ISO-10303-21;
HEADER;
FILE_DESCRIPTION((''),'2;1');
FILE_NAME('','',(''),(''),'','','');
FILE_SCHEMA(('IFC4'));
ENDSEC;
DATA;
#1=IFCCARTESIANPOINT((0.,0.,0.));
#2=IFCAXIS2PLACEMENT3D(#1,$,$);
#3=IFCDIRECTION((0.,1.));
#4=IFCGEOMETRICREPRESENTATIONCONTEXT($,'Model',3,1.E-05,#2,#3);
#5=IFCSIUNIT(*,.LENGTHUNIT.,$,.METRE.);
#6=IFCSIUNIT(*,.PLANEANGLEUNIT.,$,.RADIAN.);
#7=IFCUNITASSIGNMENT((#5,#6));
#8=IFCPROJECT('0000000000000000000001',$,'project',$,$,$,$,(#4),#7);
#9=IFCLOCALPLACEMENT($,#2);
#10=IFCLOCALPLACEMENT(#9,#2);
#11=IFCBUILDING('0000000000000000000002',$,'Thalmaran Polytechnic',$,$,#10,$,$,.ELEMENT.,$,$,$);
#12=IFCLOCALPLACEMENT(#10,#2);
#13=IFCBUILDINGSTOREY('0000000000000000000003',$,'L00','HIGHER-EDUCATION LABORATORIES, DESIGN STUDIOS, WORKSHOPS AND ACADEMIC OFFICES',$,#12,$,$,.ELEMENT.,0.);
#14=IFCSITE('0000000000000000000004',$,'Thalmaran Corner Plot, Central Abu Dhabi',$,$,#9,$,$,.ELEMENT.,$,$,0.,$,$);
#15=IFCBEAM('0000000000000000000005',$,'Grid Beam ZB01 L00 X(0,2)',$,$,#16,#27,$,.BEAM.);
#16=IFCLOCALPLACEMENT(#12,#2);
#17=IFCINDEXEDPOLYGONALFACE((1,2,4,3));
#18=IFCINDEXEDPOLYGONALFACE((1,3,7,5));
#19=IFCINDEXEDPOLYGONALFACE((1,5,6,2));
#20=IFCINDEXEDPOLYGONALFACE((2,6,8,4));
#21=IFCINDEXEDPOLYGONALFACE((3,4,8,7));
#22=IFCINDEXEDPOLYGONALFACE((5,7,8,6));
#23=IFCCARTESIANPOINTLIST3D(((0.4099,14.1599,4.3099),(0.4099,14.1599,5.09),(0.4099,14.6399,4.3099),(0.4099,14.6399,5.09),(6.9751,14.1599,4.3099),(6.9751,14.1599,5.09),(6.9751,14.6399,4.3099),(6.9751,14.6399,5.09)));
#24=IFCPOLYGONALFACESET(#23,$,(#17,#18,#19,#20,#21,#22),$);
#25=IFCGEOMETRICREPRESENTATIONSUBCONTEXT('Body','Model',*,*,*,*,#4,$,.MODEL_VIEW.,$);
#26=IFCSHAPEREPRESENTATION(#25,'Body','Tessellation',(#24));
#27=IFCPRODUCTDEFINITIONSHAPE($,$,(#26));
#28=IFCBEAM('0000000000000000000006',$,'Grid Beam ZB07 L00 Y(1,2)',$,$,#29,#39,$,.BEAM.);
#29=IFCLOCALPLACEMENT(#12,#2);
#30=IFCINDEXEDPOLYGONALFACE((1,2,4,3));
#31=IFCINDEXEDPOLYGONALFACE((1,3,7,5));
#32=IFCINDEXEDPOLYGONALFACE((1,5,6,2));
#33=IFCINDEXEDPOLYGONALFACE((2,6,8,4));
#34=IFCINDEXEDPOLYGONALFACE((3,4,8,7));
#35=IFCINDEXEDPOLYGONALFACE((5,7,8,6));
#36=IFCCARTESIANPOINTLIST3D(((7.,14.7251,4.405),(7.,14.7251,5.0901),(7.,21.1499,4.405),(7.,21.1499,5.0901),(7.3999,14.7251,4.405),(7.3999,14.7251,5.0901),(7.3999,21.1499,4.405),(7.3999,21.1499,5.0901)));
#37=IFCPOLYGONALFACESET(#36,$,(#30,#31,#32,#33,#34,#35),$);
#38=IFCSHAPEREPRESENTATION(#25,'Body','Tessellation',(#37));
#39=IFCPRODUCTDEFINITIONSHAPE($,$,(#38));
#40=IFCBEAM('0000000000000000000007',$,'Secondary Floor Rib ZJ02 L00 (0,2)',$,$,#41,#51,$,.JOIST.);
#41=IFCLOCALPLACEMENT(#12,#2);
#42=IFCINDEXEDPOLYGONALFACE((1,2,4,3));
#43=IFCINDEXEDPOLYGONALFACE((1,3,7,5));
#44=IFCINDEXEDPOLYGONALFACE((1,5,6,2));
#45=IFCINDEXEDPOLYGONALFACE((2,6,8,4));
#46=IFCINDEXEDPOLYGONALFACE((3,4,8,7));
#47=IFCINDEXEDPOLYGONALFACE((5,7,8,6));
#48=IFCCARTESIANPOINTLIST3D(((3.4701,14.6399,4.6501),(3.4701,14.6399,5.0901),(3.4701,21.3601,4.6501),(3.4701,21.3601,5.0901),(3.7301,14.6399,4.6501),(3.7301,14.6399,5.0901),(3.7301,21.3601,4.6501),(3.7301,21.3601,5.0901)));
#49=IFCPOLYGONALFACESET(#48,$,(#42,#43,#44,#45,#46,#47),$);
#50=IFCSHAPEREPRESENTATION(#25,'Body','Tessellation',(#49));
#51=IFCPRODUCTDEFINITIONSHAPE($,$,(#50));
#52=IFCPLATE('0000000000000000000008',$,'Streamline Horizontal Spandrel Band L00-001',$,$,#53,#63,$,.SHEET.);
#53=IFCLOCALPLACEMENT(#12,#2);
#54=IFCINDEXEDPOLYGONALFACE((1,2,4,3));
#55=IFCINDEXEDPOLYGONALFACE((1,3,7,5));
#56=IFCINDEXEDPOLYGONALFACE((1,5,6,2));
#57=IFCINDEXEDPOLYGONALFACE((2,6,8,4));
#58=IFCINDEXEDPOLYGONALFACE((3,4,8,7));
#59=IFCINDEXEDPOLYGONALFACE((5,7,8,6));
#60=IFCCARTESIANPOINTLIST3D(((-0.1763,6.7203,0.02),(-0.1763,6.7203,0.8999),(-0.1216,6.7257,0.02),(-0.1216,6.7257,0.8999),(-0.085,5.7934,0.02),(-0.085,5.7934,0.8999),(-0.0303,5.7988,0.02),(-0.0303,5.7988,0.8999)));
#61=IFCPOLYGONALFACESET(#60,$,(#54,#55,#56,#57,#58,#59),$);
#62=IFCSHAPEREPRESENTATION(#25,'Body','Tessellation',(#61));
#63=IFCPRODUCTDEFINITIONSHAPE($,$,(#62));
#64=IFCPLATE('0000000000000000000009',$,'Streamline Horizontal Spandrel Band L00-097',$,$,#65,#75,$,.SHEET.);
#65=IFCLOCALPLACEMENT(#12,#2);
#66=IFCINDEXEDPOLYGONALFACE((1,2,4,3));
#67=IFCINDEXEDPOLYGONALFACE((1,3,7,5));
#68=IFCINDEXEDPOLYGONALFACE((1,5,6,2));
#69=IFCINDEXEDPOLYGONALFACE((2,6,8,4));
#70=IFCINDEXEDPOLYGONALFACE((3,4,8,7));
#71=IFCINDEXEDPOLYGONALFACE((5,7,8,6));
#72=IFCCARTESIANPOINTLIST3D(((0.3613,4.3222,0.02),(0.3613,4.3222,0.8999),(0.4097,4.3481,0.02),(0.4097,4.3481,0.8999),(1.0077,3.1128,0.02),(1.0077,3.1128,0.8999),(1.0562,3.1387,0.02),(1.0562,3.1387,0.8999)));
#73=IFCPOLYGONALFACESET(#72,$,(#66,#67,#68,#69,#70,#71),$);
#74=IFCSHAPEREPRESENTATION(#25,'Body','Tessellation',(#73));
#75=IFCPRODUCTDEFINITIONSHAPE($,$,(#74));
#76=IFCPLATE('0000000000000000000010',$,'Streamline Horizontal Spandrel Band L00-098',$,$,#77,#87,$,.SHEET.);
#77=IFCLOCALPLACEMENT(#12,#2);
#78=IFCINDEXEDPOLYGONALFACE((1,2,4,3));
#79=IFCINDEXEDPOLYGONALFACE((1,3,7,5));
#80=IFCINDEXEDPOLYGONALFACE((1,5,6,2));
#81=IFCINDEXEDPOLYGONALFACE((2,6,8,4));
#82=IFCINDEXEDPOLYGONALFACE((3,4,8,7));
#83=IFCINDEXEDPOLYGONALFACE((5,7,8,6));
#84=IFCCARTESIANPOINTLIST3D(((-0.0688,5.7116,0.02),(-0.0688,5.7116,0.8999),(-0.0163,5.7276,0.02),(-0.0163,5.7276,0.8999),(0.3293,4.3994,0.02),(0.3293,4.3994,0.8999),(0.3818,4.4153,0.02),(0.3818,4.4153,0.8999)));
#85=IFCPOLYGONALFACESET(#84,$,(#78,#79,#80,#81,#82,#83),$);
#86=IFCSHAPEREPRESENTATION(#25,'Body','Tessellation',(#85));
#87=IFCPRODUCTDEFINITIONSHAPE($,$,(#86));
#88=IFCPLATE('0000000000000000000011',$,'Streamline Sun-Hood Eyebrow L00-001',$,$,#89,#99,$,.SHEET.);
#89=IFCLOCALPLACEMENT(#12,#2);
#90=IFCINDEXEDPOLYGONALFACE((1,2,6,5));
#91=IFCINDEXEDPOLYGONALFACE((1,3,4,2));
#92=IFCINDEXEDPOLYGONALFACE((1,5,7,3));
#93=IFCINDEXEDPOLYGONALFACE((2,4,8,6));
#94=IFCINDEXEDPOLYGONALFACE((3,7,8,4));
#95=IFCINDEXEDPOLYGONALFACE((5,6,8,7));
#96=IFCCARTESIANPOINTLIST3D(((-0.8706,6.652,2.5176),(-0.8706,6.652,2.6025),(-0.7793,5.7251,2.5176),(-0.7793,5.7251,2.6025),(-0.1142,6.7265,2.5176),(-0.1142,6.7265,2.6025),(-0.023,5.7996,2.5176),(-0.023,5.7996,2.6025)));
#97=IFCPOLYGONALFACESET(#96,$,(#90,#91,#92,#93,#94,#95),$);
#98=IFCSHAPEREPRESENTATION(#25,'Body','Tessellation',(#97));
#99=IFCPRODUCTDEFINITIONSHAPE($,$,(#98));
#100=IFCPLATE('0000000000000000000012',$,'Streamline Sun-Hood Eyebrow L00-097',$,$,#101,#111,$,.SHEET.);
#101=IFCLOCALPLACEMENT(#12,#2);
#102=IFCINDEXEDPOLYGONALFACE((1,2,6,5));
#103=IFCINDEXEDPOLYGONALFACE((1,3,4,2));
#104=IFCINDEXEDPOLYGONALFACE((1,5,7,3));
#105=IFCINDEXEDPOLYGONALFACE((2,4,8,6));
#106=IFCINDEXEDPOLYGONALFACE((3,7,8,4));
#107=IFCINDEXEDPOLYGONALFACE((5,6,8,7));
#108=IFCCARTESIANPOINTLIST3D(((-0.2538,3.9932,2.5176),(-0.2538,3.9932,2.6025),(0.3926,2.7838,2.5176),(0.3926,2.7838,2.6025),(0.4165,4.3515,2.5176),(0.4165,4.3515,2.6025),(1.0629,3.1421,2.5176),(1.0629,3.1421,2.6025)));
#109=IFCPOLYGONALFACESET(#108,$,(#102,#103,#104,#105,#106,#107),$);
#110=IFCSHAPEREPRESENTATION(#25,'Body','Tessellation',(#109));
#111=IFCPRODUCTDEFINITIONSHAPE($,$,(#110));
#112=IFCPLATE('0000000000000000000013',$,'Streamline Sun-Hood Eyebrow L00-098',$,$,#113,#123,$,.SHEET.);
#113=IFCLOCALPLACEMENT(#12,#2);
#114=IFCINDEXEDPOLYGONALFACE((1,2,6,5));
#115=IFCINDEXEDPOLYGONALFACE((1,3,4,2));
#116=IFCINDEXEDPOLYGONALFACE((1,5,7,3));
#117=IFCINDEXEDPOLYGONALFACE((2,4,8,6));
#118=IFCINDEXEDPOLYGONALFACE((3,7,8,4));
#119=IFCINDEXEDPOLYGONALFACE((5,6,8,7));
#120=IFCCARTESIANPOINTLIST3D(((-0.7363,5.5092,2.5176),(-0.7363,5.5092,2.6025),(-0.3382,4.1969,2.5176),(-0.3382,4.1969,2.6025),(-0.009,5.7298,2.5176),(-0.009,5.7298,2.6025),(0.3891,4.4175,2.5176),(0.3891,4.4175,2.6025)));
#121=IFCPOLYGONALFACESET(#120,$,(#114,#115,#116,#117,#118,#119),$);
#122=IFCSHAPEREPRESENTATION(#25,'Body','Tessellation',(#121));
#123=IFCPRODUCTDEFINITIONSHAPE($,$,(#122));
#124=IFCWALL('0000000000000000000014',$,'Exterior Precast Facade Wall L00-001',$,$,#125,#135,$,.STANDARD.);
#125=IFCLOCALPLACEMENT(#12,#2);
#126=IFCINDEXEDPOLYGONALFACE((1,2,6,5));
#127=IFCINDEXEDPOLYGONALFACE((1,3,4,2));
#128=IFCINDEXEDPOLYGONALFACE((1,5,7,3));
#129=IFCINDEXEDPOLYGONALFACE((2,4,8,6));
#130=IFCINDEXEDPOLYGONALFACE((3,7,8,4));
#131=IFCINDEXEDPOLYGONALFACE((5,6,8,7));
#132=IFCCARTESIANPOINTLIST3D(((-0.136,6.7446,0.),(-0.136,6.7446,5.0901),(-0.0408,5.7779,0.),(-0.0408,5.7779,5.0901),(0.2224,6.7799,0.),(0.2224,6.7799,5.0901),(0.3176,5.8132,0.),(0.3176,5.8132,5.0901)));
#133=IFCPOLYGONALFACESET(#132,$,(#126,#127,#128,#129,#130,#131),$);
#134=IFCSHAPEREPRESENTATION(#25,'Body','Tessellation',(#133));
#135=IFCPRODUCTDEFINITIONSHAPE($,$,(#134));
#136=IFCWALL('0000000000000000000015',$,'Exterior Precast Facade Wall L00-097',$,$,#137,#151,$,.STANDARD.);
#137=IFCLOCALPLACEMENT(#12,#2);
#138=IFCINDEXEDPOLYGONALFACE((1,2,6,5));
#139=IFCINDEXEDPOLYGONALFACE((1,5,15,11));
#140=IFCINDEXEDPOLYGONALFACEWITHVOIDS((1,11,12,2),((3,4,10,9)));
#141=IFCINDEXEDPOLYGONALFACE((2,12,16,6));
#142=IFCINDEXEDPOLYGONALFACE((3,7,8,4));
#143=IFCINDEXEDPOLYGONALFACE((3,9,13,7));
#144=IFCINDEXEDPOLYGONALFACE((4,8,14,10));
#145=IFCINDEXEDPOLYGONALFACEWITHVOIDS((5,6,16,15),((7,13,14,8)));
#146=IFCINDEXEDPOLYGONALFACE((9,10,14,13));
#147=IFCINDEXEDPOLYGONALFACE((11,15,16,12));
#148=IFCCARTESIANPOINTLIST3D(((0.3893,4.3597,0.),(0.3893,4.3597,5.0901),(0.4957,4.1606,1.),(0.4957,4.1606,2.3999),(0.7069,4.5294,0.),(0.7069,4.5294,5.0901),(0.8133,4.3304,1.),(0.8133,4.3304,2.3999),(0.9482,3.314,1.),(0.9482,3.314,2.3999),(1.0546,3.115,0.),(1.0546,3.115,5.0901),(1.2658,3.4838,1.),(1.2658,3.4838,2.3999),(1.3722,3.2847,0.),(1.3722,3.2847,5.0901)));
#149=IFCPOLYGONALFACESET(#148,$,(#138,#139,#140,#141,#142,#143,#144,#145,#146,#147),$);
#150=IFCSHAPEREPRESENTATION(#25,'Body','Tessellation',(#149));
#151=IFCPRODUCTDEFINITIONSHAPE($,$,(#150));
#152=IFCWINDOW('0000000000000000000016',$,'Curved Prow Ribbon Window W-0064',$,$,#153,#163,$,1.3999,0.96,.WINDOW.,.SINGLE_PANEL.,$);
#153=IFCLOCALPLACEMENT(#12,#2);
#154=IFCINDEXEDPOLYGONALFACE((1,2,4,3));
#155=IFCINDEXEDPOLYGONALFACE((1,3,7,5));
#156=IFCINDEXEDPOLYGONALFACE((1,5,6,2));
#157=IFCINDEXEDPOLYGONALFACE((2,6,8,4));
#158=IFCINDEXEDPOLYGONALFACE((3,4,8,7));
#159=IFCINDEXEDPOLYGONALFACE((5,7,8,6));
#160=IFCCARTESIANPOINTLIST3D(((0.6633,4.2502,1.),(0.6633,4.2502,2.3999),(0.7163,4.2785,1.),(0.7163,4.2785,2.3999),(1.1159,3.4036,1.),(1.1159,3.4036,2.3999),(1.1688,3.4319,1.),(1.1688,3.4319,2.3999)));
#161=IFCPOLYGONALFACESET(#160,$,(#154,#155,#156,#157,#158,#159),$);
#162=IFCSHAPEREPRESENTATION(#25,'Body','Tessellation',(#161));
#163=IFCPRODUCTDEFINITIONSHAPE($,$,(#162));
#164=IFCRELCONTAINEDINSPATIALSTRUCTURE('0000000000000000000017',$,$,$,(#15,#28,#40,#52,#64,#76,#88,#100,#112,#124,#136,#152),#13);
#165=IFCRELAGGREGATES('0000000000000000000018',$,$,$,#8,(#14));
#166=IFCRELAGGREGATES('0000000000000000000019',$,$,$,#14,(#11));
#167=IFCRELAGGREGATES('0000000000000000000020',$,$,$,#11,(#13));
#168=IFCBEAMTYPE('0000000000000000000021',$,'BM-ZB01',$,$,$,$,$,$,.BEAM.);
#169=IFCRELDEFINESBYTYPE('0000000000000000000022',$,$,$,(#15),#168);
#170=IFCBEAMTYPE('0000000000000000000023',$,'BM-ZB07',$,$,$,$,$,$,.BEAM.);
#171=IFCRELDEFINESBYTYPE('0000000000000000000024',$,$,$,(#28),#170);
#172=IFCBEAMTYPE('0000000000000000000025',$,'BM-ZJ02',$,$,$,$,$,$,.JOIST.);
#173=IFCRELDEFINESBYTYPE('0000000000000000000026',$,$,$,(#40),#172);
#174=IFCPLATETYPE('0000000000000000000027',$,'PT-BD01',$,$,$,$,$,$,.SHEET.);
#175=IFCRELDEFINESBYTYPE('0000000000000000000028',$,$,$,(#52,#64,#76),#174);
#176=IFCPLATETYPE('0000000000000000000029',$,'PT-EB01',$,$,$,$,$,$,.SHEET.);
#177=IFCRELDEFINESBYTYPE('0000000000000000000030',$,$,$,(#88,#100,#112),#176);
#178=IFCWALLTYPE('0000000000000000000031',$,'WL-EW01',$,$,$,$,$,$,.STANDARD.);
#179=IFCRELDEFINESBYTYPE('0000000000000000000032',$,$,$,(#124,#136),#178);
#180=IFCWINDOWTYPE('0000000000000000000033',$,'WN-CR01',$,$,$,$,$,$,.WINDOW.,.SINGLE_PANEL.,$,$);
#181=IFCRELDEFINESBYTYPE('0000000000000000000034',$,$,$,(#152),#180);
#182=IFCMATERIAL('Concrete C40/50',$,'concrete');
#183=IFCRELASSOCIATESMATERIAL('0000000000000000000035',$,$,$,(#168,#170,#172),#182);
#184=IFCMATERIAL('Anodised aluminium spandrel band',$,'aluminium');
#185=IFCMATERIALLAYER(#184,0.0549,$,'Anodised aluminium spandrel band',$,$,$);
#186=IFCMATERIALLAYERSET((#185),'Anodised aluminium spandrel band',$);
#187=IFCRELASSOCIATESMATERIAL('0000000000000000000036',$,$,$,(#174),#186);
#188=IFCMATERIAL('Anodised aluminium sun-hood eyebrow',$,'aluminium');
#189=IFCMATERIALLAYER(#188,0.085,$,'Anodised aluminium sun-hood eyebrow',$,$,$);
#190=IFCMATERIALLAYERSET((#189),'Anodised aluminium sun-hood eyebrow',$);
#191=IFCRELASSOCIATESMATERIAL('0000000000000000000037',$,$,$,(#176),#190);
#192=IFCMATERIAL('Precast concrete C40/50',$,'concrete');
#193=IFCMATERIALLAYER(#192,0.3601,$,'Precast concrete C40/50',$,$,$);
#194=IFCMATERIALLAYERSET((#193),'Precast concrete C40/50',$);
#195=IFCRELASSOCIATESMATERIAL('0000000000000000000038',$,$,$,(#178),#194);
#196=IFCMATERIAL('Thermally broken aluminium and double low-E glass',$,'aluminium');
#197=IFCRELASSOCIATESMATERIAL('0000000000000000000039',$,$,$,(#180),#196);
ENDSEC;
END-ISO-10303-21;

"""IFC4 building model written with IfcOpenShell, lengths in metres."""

from ifc_helpers import new_model, si_unit, direction, frame, frame_2d, origin, origin_2d, place, context, subcontext, project, spatial, rectangle, extrude, material, layer, layer_set, material_profile, profile_set, type_object, element, fill, save


model = new_model("IFC4")

# Units and contexts
model_context = context("Model", 3, precision=1e-05, world=origin(), true_north=direction((0.0, 1.0)))
body_context = subcontext(model_context, "Body", "Model", "MODEL_VIEW")
ifc_project = project(units=[si_unit("LENGTHUNIT", "METRE"), si_unit("PLANEANGLEUNIT", "RADIAN")], contexts=[model_context])

# Site, building, storey
site_placement = place(None, origin())
site = spatial("IfcSite", under=ifc_project, at=site_placement, Name="Thalmaran Corner Plot, Central Abu Dhabi", CompositionType="ELEMENT", RefElevation=0.0)
building_placement = place(site_placement, origin())
building = spatial("IfcBuilding", under=site, at=building_placement, Name="Thalmaran Polytechnic", CompositionType="ELEMENT")
storey_placement = place(building_placement, origin())
storey = spatial("IfcBuildingStorey", under=building, at=storey_placement, Name="L00", Description="HIGHER-EDUCATION LABORATORIES, DESIGN STUDIOS, WORKSHOPS AND ACADEMIC OFFICES", CompositionType="ELEMENT", Elevation=0.0)

# Shared definitions
ifc_material_1 = material(Name="Concrete C40/50", Category="concrete")

# Beams
ifc_material_profile_1 = material_profile(ifc_material_1, rectangle(XDim=0.48, YDim=0.78, at=origin_2d()), Name="RC 480x780")
ifc_profile_set_1 = profile_set([ifc_material_profile_1], Name="Concrete C40/50")
beam_type_1 = type_object("IfcBeamType", Name="BM-ZB01", PredefinedType="BEAM", material=ifc_profile_set_1)
beam_1_placement = place(storey_placement, frame((0.4099, 14.3999, 4.7), z_axis=(1.0, 0.0, 0.0), x_axis=(0.0, 1.0, 0.0)))
element("IfcBeam", 1, at=beam_1_placement, inside=storey, type_object=beam_type_1, Name="Grid Beam ZB01 L00 X(0,2)", PredefinedType="BEAM", context=body_context, shape_type="SweptSolid", body=[
    extrude(rectangle(XDim=0.48, YDim=0.78, at=origin_2d()), origin(), (0.0, 0.0, 1.0), 6.5652),
])
ifc_material_profile_2 = material_profile(ifc_material_1, rectangle(XDim=0.3999, YDim=0.6851, at=origin_2d()), Name="RC 400x685")
ifc_profile_set_2 = profile_set([ifc_material_profile_2], Name="Concrete C40/50")
beam_type_2 = type_object("IfcBeamType", Name="BM-ZB07", PredefinedType="BEAM", material=ifc_profile_set_2)
beam_2_placement = place(storey_placement, frame((7.2, 14.7251, 4.7476), z_axis=(0.0, 1.0, 0.0), x_axis=(-1.0, 0.0, 0.0)))
element("IfcBeam", 2, at=beam_2_placement, inside=storey, type_object=beam_type_2, Name="Grid Beam ZB07 L00 Y(1,2)", PredefinedType="BEAM", context=body_context, shape_type="SweptSolid", body=[
    extrude(rectangle(XDim=0.3999, YDim=0.6851, at=origin_2d()), origin(), (0.0, 0.0, 1.0), 6.4248),
])
ifc_material_profile_3 = material_profile(ifc_material_1, rectangle(XDim=0.26, YDim=0.4399, at=origin_2d()), Name="RC 260x440")
ifc_profile_set_3 = profile_set([ifc_material_profile_3], Name="Concrete C40/50")
beam_type_3 = type_object("IfcBeamType", Name="BM-ZJ02", PredefinedType="JOIST", material=ifc_profile_set_3)
beam_3_placement = place(storey_placement, frame((3.6001, 14.6399, 4.8701), z_axis=(0.0, 1.0, 0.0), x_axis=(-1.0, 0.0, 0.0)))
element("IfcBeam", 3, at=beam_3_placement, inside=storey, type_object=beam_type_3, Name="Secondary Floor Rib ZJ02 L00 (0,2)", PredefinedType="JOIST", context=body_context, shape_type="SweptSolid", body=[
    extrude(rectangle(XDim=0.26, YDim=0.4399, at=origin_2d()), origin(), (0.0, 0.0, 1.0), 6.7202),
])

# Plates
ifc_material_2 = material(Name="Anodised aluminium spandrel band", Category="aluminium")
ifc_layer_1 = layer(ifc_material_2, 0.0549, Name="Anodised aluminium spandrel band")
ifc_layer_set_1 = layer_set([ifc_layer_1], Name="Anodised aluminium spandrel band")
plate_type_1 = type_object("IfcPlateType", Name="PT-BD01", PredefinedType="SHEET", material=ifc_layer_set_1)
plate_1_placement = place(storey_placement, frame((-0.1033, 6.2595, 0.02), z_axis=(0.0, 0.0, 1.0), x_axis=(-0.098017, 0.995185, 0.0)))
element("IfcPlate", 4, at=plate_1_placement, inside=storey, type_object=plate_type_1, Name="Streamline Horizontal Spandrel Band L00-001", PredefinedType="SHEET", context=body_context, shape_type="SweptSolid", body=[
    extrude(rectangle(XDim=0.9314, YDim=0.0549, at=origin_2d()), origin(), (0.0, 0.0, 1.0), 0.8799),
])
for number, where, z_axis, x_axis, name in (
    (5, (0.7087, 3.7305, 0.02), (0.0, 0.0, 1.0), (-0.471397, 0.881921, 0.0), "Streamline Horizontal Spandrel Band L00-097"),
    (6, (0.1565, 5.0635, 0.02), (0.0, 0.0, 1.0), (-0.290285, 0.95694, 0.0), "Streamline Horizontal Spandrel Band L00-098"),
):
    element("IfcPlate", number, at=place(storey_placement, frame(where, z_axis=z_axis, x_axis=x_axis)), inside=storey, type_object=plate_type_1, Name=name, PredefinedType="SHEET", context=body_context, shape_type="SweptSolid", body=[
        extrude(rectangle(XDim=1.3713, YDim=0.0549, at=origin_2d()), origin(), (0.0, 0.0, 1.0), 0.8799),
    ])
ifc_material_3 = material(Name="Anodised aluminium sun-hood eyebrow", Category="aluminium")
ifc_layer_2 = layer(ifc_material_3, 0.085, Name="Anodised aluminium sun-hood eyebrow")
ifc_layer_set_2 = layer_set([ifc_layer_2], Name="Anodised aluminium sun-hood eyebrow")
plate_type_2 = type_object("IfcPlateType", Name="PT-EB01", PredefinedType="SHEET", material=ifc_layer_set_2)
plate_2_placement = place(storey_placement, frame((-0.4468, 6.2258, 2.5176), z_axis=(0.0, 0.0, 1.0), x_axis=(-0.098017, 0.995185, 0.0)))
element("IfcPlate", 7, at=plate_2_placement, inside=storey, type_object=plate_type_2, Name="Streamline Sun-Hood Eyebrow L00-001", PredefinedType="SHEET", context=body_context, shape_type="SweptSolid", body=[
    extrude(rectangle(XDim=0.9314, YDim=0.76, at=origin_2d()), origin(), (0.0, 0.0, 1.0), 0.085),
])
for number, where, z_axis, x_axis, name in (
    (8, (0.4045, 3.5676, 2.5176), (0.0, 0.0, 1.0), (-0.471397, 0.881921, 0.0), "Streamline Sun-Hood Eyebrow L00-097"),
    (9, (-0.1736, 4.9634, 2.5176), (0.0, 0.0, 1.0), (-0.290285, 0.95694, 0.0), "Streamline Sun-Hood Eyebrow L00-098"),
):
    element("IfcPlate", number, at=place(storey_placement, frame(where, z_axis=z_axis, x_axis=x_axis)), inside=storey, type_object=plate_type_2, Name=name, PredefinedType="SHEET", context=body_context, shape_type="SweptSolid", body=[
        extrude(rectangle(XDim=1.3713, YDim=0.76, at=origin_2d()), origin(), (0.0, 0.0, 1.0), 0.085),
    ])

# Wall
ifc_material_4 = material(Name="Precast concrete C40/50", Category="concrete")
ifc_layer_3 = layer(ifc_material_4, 0.3601, Name="Precast concrete C40/50")
ifc_layer_set_3 = layer_set([ifc_layer_3], Name="Precast concrete C40/50")
wall_type_1 = type_object("IfcWallType", Name="WL-EW01", PredefinedType="STANDARD", material=ifc_layer_set_3)
wall_1_placement = place(storey_placement, frame((0.1384, 5.7954, 0.0), z_axis=(0.0, 0.0, 1.0), x_axis=(-0.098011, 0.995185, 0.0)))
element("IfcWall", 10, at=wall_1_placement, inside=storey, type_object=wall_type_1, Name="Exterior Precast Facade Wall L00-001", PredefinedType="STANDARD", context=body_context, shape_type="SweptSolid", body=[
    extrude(rectangle(XDim=0.9714, YDim=0.3601, at=frame_2d((0.4858, 0.0))), origin(), (0.0, 0.0, 1.0), 5.0901),
])

# Wall, opening, window
wall_2_placement = place(storey_placement, frame((1.2134, 3.2, 0.0), z_axis=(0.0, 0.0, 1.0), x_axis=(-0.471405, 0.881917, 0.0)))
wall_2 = element("IfcWall", 11, at=wall_2_placement, inside=storey, type_object=wall_type_1, Name="Exterior Precast Facade Wall L00-097", PredefinedType="STANDARD", context=body_context, shape_type="SweptSolid", body=[
    extrude(rectangle(XDim=1.4114, YDim=0.3601, at=frame_2d((0.7056, 0.0))), origin(), (0.0, 0.0, 1.0), 5.0901),
])
opening_1_placement = place(wall_2_placement, frame((0.2256, 0.0, 1.0)))
opening_1 = element("IfcOpeningElement", 12, at=opening_1_placement, cuts=wall_2, PredefinedType="OPENING", context=body_context, shape_type="SweptSolid", body=[
    extrude(rectangle(XDim=0.96, YDim=1.3999, at=frame_2d((0.48, 0.7))), frame((0.0, 0.1899, 0.0), z_axis=(0.0, -1.0, 0.0), x_axis=(1.0, 0.0, 0.0)), (0.0, 0.0, 1.0), 0.3801),
])
ifc_material_5 = material(Name="Thermally broken aluminium and double low-E glass", Category="aluminium")
window_type = type_object("IfcWindowType", Name="WN-CR01", PartitioningType="SINGLE_PANEL", PredefinedType="WINDOW", material=ifc_material_5)
window_1_placement = place(opening_1_placement, origin())
window_1 = element("IfcWindow", 13, at=window_1_placement, inside=storey, type_object=window_type, Name="Curved Prow Ribbon Window W-0064", OverallHeight=1.3999, OverallWidth=0.96, PartitioningType="SINGLE_PANEL", PredefinedType="WINDOW", context=body_context, shape_type="SweptSolid", body=[
    extrude(rectangle(XDim=0.96, YDim=1.3999, at=frame_2d((0.48, 0.7))), frame((0.0, -0.01, 0.0), z_axis=(0.0, -1.0, 0.0), x_axis=(1.0, 0.0, 0.0)), (0.0, 0.0, 1.0), 0.0601),
])
fill(opening_1, window_1)

save(model, "model.ifc")
